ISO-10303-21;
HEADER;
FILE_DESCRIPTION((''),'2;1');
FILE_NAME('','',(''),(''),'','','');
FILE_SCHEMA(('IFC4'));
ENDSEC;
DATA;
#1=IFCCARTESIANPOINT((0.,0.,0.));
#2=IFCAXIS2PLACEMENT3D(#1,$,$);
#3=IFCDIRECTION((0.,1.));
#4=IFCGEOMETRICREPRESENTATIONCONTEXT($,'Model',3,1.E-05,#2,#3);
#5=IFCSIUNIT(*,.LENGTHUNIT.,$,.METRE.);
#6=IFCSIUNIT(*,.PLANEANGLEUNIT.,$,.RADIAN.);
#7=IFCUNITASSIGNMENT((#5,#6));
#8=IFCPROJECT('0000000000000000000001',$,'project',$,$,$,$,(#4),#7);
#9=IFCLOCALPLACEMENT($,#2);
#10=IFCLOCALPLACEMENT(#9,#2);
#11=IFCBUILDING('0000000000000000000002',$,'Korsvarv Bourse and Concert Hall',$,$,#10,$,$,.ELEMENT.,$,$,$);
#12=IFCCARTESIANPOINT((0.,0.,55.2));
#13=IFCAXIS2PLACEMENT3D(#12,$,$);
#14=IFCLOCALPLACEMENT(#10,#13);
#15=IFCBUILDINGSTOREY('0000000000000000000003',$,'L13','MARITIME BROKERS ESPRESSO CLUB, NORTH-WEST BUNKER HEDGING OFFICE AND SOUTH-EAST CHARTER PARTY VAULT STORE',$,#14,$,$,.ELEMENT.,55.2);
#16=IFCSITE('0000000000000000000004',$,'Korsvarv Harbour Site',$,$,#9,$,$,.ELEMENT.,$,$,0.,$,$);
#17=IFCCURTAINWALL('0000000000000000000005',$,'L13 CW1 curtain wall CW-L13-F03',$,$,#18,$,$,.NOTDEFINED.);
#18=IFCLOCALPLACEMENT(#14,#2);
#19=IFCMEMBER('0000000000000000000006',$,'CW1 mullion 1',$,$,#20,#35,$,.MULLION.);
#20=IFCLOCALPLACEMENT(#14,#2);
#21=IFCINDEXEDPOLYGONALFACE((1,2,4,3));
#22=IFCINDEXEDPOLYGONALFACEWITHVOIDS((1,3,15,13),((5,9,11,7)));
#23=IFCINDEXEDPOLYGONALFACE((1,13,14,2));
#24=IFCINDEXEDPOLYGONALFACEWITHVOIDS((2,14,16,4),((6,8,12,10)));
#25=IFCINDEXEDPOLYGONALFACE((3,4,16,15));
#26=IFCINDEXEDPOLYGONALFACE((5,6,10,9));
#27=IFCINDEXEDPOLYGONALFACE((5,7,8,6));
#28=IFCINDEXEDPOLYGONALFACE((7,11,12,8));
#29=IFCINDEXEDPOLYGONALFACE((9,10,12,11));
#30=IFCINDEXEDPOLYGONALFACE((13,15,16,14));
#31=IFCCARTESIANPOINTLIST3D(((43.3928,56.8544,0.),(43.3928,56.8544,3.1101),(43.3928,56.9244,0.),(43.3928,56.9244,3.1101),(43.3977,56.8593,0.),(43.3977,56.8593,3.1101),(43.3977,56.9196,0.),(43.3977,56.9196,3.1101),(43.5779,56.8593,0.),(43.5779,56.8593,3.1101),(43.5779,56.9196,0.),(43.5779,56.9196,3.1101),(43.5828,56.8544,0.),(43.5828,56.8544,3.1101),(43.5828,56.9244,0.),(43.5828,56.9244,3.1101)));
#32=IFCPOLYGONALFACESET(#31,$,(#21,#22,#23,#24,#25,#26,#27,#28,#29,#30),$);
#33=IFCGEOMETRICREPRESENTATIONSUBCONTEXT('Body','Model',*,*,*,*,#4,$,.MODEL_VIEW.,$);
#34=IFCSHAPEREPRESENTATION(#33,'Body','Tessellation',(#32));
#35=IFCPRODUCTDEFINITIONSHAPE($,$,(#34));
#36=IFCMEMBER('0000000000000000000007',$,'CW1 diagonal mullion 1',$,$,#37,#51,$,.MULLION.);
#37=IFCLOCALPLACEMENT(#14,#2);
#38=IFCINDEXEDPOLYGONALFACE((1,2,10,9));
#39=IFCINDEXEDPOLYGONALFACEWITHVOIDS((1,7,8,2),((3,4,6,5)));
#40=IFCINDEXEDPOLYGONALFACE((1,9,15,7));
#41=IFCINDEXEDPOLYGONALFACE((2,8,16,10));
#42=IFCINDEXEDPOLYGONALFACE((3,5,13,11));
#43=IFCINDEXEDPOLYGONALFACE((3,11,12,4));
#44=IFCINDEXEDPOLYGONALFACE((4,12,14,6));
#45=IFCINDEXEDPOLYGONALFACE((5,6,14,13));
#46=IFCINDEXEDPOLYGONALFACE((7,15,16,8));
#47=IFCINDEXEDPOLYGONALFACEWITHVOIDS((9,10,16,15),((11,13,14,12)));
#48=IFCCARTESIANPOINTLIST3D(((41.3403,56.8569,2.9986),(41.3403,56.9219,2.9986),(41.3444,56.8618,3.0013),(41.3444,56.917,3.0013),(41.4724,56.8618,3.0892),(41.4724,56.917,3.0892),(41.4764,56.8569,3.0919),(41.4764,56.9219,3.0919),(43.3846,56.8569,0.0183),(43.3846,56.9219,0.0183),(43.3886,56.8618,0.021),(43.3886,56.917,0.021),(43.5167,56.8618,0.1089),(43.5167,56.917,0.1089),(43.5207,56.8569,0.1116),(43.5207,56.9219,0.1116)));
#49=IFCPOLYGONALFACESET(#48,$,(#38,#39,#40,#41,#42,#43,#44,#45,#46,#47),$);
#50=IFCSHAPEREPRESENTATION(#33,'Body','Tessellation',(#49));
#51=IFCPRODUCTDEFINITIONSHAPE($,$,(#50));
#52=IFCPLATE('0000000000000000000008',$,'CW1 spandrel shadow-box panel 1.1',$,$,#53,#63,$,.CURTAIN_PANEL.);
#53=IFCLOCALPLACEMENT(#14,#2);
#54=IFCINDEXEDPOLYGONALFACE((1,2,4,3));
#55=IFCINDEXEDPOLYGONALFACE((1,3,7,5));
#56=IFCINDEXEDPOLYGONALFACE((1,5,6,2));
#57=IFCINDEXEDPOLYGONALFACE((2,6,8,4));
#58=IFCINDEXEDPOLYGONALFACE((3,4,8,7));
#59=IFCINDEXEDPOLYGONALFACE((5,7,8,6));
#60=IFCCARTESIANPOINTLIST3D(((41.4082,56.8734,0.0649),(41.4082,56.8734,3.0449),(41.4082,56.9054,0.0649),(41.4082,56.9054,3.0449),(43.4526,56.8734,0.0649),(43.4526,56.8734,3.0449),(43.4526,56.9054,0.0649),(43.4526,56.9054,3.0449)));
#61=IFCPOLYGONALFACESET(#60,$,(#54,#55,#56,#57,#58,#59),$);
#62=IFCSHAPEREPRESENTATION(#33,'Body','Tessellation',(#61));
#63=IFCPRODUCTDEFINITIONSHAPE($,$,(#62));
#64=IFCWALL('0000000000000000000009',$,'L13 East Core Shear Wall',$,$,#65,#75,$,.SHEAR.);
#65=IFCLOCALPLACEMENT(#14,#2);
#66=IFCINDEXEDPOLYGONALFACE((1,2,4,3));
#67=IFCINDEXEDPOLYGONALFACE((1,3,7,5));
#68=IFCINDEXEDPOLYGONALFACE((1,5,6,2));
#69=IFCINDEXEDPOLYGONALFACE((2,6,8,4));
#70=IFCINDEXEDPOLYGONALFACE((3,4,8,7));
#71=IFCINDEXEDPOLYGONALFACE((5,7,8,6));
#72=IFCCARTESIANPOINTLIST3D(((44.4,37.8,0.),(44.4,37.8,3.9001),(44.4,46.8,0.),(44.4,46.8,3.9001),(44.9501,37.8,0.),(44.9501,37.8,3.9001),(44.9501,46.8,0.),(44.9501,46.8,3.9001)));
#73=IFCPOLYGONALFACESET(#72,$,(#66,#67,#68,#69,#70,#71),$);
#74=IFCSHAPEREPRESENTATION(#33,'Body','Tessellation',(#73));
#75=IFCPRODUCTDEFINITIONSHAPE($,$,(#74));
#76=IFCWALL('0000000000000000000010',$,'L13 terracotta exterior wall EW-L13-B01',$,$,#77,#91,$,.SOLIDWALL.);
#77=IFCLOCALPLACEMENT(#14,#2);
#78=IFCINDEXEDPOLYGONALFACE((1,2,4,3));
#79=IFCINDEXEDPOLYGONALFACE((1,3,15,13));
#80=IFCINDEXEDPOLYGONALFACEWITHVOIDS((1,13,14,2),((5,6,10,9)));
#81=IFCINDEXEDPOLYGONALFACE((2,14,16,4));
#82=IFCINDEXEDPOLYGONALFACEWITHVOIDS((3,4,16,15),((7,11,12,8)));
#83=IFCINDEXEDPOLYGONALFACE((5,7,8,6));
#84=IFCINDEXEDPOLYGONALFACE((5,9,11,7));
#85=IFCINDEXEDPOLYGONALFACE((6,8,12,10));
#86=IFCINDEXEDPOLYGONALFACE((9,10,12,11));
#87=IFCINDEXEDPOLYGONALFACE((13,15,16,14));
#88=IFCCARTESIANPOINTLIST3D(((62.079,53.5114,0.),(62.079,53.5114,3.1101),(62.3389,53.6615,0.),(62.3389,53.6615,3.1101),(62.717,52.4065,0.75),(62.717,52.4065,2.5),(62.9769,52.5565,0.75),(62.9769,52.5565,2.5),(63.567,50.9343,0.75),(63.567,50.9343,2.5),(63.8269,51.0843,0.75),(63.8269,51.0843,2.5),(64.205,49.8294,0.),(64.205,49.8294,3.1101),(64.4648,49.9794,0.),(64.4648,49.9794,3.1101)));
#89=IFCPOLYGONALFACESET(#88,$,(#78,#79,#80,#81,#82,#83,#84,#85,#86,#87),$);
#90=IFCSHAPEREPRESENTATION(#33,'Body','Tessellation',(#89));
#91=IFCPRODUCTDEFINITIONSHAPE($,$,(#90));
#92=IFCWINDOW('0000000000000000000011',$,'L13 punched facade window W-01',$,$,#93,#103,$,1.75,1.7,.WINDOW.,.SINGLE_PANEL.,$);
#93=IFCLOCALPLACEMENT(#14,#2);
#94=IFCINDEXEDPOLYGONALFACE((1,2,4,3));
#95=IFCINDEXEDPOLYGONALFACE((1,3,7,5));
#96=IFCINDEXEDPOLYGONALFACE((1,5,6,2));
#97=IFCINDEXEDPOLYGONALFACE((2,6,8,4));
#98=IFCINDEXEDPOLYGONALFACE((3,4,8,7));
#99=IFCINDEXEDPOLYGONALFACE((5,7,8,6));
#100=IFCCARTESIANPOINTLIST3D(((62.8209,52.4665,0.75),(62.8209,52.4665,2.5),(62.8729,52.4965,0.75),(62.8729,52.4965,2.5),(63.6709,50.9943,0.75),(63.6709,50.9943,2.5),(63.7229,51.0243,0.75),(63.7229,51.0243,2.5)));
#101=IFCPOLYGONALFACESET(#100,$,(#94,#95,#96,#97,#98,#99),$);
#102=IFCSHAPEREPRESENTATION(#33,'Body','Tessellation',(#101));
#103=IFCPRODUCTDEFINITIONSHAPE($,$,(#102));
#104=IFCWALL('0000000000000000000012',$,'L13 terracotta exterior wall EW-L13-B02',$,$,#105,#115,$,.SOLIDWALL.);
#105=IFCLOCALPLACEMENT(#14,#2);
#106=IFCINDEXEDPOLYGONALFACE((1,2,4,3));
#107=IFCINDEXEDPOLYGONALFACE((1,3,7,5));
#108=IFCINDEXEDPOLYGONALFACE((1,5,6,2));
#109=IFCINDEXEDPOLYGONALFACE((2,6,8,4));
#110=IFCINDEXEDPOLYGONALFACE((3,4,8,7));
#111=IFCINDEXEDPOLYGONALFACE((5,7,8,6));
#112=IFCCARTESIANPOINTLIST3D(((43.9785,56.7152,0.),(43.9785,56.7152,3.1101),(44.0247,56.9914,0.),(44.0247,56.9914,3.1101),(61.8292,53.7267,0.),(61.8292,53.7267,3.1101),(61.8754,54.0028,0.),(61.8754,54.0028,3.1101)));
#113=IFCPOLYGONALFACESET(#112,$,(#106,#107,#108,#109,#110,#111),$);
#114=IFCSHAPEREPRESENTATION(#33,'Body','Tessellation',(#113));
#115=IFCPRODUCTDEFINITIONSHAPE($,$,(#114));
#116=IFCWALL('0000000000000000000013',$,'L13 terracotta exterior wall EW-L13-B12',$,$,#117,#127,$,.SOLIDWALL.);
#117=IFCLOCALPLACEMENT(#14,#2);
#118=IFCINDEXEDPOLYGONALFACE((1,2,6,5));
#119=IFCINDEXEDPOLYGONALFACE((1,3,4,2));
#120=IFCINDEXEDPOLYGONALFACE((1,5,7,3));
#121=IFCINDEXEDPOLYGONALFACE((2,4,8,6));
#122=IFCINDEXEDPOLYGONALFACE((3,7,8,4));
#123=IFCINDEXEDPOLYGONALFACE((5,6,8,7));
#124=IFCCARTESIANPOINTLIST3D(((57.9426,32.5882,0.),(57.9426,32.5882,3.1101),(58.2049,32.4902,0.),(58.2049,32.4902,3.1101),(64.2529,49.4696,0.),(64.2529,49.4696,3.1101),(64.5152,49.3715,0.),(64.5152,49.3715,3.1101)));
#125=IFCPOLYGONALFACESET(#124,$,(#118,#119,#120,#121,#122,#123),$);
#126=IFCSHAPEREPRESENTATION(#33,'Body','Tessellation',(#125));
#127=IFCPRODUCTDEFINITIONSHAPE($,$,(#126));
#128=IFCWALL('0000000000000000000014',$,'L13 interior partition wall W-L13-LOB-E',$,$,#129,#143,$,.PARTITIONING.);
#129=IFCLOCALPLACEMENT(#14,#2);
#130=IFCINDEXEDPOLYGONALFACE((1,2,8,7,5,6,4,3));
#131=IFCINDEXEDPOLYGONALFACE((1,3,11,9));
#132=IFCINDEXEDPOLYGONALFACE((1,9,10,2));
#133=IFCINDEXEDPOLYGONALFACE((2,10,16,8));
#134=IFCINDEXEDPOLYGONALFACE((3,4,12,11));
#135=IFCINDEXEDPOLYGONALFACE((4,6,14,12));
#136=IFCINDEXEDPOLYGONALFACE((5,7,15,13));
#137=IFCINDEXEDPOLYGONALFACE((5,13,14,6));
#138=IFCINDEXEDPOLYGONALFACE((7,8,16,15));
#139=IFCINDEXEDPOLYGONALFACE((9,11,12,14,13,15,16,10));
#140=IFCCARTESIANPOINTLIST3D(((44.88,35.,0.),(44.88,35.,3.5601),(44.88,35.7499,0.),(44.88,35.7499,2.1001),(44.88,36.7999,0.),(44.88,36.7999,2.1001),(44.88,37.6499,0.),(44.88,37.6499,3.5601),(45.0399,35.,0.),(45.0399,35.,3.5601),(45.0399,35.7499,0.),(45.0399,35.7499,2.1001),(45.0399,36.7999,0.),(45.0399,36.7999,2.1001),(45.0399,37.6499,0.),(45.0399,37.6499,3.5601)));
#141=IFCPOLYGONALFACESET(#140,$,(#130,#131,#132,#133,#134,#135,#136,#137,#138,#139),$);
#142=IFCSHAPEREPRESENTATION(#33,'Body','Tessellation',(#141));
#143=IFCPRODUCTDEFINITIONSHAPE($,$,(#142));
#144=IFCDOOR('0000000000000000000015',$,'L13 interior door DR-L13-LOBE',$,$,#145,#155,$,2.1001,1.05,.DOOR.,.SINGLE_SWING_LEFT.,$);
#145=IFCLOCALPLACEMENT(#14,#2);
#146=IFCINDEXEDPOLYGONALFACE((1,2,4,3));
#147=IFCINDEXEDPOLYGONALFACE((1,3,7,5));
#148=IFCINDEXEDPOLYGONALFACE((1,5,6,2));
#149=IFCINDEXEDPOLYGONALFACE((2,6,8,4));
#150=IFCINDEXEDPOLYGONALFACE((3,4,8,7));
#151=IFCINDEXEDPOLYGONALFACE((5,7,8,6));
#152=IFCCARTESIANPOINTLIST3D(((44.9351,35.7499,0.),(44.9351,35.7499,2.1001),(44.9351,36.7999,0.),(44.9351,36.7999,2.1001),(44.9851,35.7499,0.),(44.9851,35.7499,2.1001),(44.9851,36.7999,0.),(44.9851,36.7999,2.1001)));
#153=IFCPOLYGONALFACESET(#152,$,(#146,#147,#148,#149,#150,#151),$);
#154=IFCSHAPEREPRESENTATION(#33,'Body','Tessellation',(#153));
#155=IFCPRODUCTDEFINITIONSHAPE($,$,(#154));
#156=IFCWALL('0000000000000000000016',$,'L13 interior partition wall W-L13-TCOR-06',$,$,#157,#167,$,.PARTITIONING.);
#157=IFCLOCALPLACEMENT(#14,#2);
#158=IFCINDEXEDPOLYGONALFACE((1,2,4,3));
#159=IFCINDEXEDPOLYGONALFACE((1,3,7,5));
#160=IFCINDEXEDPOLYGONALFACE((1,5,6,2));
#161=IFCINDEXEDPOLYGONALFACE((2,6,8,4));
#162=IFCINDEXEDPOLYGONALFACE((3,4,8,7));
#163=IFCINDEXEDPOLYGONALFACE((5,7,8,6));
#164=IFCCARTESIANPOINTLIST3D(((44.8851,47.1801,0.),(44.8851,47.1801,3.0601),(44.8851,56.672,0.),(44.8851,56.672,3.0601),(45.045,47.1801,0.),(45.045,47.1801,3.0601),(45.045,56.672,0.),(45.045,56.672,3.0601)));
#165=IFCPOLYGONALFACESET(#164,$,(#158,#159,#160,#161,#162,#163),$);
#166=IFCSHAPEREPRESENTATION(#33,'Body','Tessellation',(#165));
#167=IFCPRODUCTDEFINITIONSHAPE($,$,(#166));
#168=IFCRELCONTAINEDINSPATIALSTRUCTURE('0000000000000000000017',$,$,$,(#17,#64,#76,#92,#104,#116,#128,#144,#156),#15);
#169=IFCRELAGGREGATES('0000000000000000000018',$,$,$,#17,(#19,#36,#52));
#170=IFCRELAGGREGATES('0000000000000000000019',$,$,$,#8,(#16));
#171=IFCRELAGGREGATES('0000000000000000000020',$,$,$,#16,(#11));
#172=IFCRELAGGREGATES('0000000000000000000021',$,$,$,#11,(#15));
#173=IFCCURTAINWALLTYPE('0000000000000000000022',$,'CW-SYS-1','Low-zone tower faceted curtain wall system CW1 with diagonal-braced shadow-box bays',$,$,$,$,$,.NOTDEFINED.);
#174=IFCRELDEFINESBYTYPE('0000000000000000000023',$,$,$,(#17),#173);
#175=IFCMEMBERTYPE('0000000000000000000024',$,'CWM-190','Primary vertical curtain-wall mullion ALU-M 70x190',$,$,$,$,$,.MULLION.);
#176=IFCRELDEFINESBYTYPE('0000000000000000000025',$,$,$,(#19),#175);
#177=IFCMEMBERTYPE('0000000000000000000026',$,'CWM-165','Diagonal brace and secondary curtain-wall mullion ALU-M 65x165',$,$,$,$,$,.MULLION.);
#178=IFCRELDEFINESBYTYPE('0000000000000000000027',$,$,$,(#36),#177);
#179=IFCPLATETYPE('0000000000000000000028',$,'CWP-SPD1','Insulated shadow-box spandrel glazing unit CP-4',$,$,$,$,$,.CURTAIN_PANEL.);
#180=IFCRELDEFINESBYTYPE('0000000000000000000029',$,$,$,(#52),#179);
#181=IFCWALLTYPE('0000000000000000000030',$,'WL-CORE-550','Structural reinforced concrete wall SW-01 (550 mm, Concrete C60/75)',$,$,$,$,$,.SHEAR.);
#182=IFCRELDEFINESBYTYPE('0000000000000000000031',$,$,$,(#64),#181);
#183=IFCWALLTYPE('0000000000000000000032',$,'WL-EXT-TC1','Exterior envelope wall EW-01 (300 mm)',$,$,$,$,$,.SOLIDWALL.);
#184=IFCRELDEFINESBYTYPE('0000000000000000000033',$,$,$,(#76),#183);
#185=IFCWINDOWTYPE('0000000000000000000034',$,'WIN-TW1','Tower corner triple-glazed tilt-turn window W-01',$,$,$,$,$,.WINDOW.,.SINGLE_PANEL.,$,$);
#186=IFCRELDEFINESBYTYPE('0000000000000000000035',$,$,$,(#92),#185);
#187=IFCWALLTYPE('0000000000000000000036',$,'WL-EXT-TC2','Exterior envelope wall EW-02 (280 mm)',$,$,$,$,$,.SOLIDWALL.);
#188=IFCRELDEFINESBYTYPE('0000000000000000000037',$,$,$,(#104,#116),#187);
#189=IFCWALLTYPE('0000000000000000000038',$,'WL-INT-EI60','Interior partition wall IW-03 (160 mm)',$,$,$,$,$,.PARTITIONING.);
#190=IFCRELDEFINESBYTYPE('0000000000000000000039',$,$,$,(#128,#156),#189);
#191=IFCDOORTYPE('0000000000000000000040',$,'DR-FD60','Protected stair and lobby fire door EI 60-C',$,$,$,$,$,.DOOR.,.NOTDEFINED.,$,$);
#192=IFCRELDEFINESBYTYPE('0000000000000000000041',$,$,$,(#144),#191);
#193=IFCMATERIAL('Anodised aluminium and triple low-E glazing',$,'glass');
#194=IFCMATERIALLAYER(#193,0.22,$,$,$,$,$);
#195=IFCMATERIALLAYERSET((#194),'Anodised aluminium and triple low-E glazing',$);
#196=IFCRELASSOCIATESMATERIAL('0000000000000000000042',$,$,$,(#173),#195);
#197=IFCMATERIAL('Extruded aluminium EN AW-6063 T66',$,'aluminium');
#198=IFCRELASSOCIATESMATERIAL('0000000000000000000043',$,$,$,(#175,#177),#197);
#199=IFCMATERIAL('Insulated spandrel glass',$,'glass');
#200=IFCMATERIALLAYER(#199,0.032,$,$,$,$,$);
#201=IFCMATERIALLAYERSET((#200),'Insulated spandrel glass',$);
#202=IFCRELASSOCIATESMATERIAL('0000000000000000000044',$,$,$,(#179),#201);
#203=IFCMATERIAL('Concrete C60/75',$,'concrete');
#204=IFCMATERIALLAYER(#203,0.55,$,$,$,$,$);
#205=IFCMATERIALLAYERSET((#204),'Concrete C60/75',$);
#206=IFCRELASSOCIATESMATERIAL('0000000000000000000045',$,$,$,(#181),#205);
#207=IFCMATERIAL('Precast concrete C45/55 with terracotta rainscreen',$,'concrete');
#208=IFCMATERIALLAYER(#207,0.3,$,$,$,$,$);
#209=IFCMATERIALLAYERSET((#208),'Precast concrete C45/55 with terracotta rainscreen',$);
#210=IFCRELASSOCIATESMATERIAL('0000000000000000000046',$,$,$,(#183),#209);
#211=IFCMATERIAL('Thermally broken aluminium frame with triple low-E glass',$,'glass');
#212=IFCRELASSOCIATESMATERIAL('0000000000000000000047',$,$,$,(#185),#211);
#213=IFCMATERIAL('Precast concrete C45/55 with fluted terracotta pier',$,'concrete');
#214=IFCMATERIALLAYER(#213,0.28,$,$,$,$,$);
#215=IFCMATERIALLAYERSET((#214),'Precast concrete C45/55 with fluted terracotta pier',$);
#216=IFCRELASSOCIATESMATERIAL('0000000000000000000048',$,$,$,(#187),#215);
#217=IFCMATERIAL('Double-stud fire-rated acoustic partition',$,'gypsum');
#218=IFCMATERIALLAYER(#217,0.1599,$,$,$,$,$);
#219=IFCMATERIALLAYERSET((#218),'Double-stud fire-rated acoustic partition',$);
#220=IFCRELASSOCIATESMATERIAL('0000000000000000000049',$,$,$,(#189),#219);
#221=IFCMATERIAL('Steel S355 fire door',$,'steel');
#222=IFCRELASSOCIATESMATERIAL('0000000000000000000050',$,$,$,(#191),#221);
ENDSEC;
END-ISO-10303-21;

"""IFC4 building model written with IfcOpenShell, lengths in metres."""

from ifc_helpers import new_model, si_unit, direction, frame, frame_2d, origin, origin_2d, place, context, subcontext, project, spatial, rectangle, hollow_rectangle, extrude, source, transform, mapped, material, layer, layer_set, material_profile, profile_set, type_object, element, fill, aggregate, save


model = new_model("IFC4")

# Units and contexts
model_context = context("Model", 3, precision=1e-05, world=origin(), true_north=direction((0.0, 1.0)))
body_context = subcontext(model_context, "Body", "Model", "MODEL_VIEW")
ifc_project = project(units=[si_unit("LENGTHUNIT", "METRE"), si_unit("PLANEANGLEUNIT", "RADIAN")], contexts=[model_context])

# Site, building, storey
site_placement = place(None, origin())
site = spatial("IfcSite", under=ifc_project, at=site_placement, Name="Korsvarv Harbour Site", CompositionType="ELEMENT", RefElevation=0.0)
building_placement = place(site_placement, origin())
building = spatial("IfcBuilding", under=site, at=building_placement, Name="Korsvarv Bourse and Concert Hall", CompositionType="ELEMENT")
storey_placement = place(building_placement, frame((0.0, 0.0, 55.2)))
storey = spatial("IfcBuildingStorey", under=building, at=storey_placement, Name="L13", Description="MARITIME BROKERS ESPRESSO CLUB, NORTH-WEST BUNKER HEDGING OFFICE AND SOUTH-EAST CHARTER PARTY VAULT STORE", CompositionType="ELEMENT", Elevation=55.2)

# Shared definitions
ifc_material_1 = material(Name="Concrete C60/75", Category="concrete")

# Curtain wall, members, plate
ifc_material_2 = material(Name="Anodised aluminium and triple low-E glazing", Category="glass")
ifc_layer_1 = layer(ifc_material_2, 0.22)
ifc_layer_set_1 = layer_set([ifc_layer_1], Name="Anodised aluminium and triple low-E glazing")
curtain_wall_type = type_object("IfcCurtainWallType", Name="CW-SYS-1", Description="Low-zone tower faceted curtain wall system CW1 with diagonal-braced shadow-box bays", PredefinedType="NOTDEFINED", material=ifc_layer_set_1)
curtain_wall_placement = place(storey_placement, origin())
curtain_wall = element("IfcCurtainWall", 1, at=curtain_wall_placement, inside=storey, type_object=curtain_wall_type, Name="L13 CW1 curtain wall CW-L13-F03", PredefinedType="NOTDEFINED")
ifc_material_3 = material(Name="Extruded aluminium EN AW-6063 T66", Category="aluminium")
ifc_material_profile_1 = material_profile(ifc_material_3, hollow_rectangle(XDim=0.0701, YDim=0.1899, WallThickness=0.0049, at=origin_2d()), Name="ALU-M 70x190")
ifc_profile_set_1 = profile_set([ifc_material_profile_1], Name="Extruded aluminium EN AW-6063 T66")
member_type_1 = type_object("IfcMemberType", Name="CWM-190", Description="Primary vertical curtain-wall mullion ALU-M 70x190", PredefinedType="MULLION", material=ifc_profile_set_1)
shared_shape_1 = source(origin(), body_context, "Body", "SweptSolid", [
    extrude(hollow_rectangle(XDim=0.0701, YDim=0.1899, WallThickness=0.0049, at=origin_2d()), origin(), (0.0, 0.0, 1.0), 3.1101),
])
member_1_placement = place(storey_placement, frame((43.4878, 56.8894, 0.0), z_axis=(0.0, 0.0, 1.0), x_axis=(0.0, -1.0, 0.0)))
member_1 = element("IfcMember", 2, at=member_1_placement, type_object=member_type_1, Name="CW1 mullion 1", PredefinedType="MULLION", context=body_context, shape_type="MappedRepresentation", body=[
    mapped(shared_shape_1, transform((0.0, 0.0, 0.0), scale=1.0)),
])
ifc_material_profile_2 = material_profile(ifc_material_3, hollow_rectangle(XDim=0.0649, YDim=0.165, WallThickness=0.0049, at=origin_2d()), Name="ALU-M 65x165")
ifc_profile_set_2 = profile_set([ifc_material_profile_2], Name="Extruded aluminium EN AW-6063 T66")
member_type_2 = type_object("IfcMemberType", Name="CWM-165", Description="Diagonal brace and secondary curtain-wall mullion ALU-M 65x165", PredefinedType="MULLION", material=ifc_profile_set_2)
shared_shape_2 = source(origin(), body_context, "Body", "SweptSolid", [
    extrude(hollow_rectangle(XDim=0.0649, YDim=0.165, WallThickness=0.0049, at=origin_2d()), origin(), (0.0, 0.0, 1.0), 3.614),
])
member_2_placement = place(storey_placement, frame((43.4526, 56.8894, 0.0649), z_axis=(-0.565643, 0.0, 0.824651), x_axis=(0.0, -1.0, 0.0)))
member_2 = element("IfcMember", 3, at=member_2_placement, type_object=member_type_2, Name="CW1 diagonal mullion 1", PredefinedType="MULLION", context=body_context, shape_type="MappedRepresentation", body=[
    mapped(shared_shape_2, transform((0.0, 0.0, 0.0), scale=1.0)),
])
ifc_material_4 = material(Name="Insulated spandrel glass", Category="glass")
ifc_layer_2 = layer(ifc_material_4, 0.032)
ifc_layer_set_2 = layer_set([ifc_layer_2], Name="Insulated spandrel glass")
plate_type = type_object("IfcPlateType", Name="CWP-SPD1", Description="Insulated shadow-box spandrel glazing unit CP-4", PredefinedType="CURTAIN_PANEL", material=ifc_layer_set_2)
shared_shape_3 = source(origin(), body_context, "Body", "SweptSolid", [
    extrude(rectangle(XDim=2.0444, YDim=0.032, at=origin_2d()), origin(), (0.0, 0.0, 1.0), 2.98),
])
plate_placement = place(storey_placement, frame((42.4304, 56.8894, 0.0649), z_axis=(0.0, 0.0, 1.0), x_axis=(-1.0, 0.0, 0.0)))
plate = element("IfcPlate", 4, at=plate_placement, type_object=plate_type, Name="CW1 spandrel shadow-box panel 1.1", PredefinedType="CURTAIN_PANEL", context=body_context, shape_type="MappedRepresentation", body=[
    mapped(shared_shape_3, transform((0.0, 0.0, 0.0), scale=1.0)),
])
aggregate(curtain_wall, [member_1, member_2, plate])

# Wall
ifc_layer_3 = layer(ifc_material_1, 0.55)
ifc_layer_set_3 = layer_set([ifc_layer_3], Name="Concrete C60/75")
wall_type_1 = type_object("IfcWallType", Name="WL-CORE-550", Description="Structural reinforced concrete wall SW-01 (550 mm, Concrete C60/75)", PredefinedType="SHEAR", material=ifc_layer_set_3)
wall_1_placement = place(storey_placement, frame((44.675, 37.8, 0.0), z_axis=(0.0, 0.0, 1.0), x_axis=(0.0, 1.0, 0.0)))
element("IfcWall", 5, at=wall_1_placement, inside=storey, type_object=wall_type_1, Name="L13 East Core Shear Wall", PredefinedType="SHEAR", context=body_context, shape_type="SweptSolid", body=[
    extrude(rectangle(XDim=9.0, YDim=0.55, at=frame_2d((4.5, 0.0))), origin(), (0.0, 0.0, 1.0), 3.9001),
])

# Wall, opening, window
ifc_material_5 = material(Name="Precast concrete C45/55 with terracotta rainscreen", Category="concrete")
ifc_layer_4 = layer(ifc_material_5, 0.3)
ifc_layer_set_4 = layer_set([ifc_layer_4], Name="Precast concrete C45/55 with terracotta rainscreen")
wall_type_2 = type_object("IfcWallType", Name="WL-EXT-TC1", Description="Exterior envelope wall EW-01 (300 mm)", PredefinedType="SOLIDWALL", material=ifc_layer_set_4)
wall_2_placement = place(storey_placement, frame((64.335, 49.9043, 0.0), z_axis=(0.0, 0.0, 1.0), x_axis=(-0.500017, 0.866015, 0.0)))
wall_2 = element("IfcWall", 6, at=wall_2_placement, inside=storey, type_object=wall_type_2, Name="L13 terracotta exterior wall EW-L13-B01", PredefinedType="SOLIDWALL", context=body_context, shape_type="SweptSolid", body=[
    extrude(rectangle(XDim=4.2517, YDim=0.3, at=frame_2d((2.126, 0.0))), origin(), (0.0, 0.0, 1.0), 3.1101),
])
opening_1_placement = place(wall_2_placement, frame((1.2759, 0.0, 0.75)))
opening_1 = element("IfcOpeningElement", 7, at=opening_1_placement, cuts=wall_2, PredefinedType="OPENING", context=body_context, shape_type="SweptSolid", body=[
    extrude(rectangle(XDim=1.7, YDim=1.75, at=frame_2d((0.8501, 0.875))), frame((0.0, 0.1602, 0.0), z_axis=(0.0, -1.0, 0.0), x_axis=(1.0, 0.0, 0.0)), (0.0, 0.0, 1.0), 0.3201),
])
ifc_material_6 = material(Name="Thermally broken aluminium frame with triple low-E glass", Category="glass")
window_type = type_object("IfcWindowType", Name="WIN-TW1", Description="Tower corner triple-glazed tilt-turn window W-01", PartitioningType="SINGLE_PANEL", PredefinedType="WINDOW", material=ifc_material_6)
window_placement = place(opening_1_placement, origin())
window = element("IfcWindow", 8, at=window_placement, inside=storey, type_object=window_type, Name="L13 punched facade window W-01", OverallHeight=1.75, OverallWidth=1.7, PartitioningType="SINGLE_PANEL", PredefinedType="WINDOW", context=body_context, shape_type="SweptSolid", body=[
    extrude(rectangle(XDim=1.7, YDim=1.75, at=frame_2d((0.8501, 0.875))), frame((0.0, 0.03, 0.0), z_axis=(0.0, -1.0, 0.0), x_axis=(1.0, 0.0, 0.0)), (0.0, 0.0, 1.0), 0.0601),
])
fill(opening_1, window)

# Walls
ifc_material_7 = material(Name="Precast concrete C45/55 with fluted terracotta pier", Category="concrete")
ifc_layer_5 = layer(ifc_material_7, 0.28)
ifc_layer_set_5 = layer_set([ifc_layer_5], Name="Precast concrete C45/55 with fluted terracotta pier")
wall_type_3 = type_object("IfcWallType", Name="WL-EXT-TC2", Description="Exterior envelope wall EW-02 (280 mm)", PredefinedType="SOLIDWALL", material=ifc_layer_set_5)
wall_3_placement = place(storey_placement, frame((61.8523, 53.8647, 0.0), z_axis=(0.0, 0.0, 1.0), x_axis=(-0.986273, 0.165121, 0.0)))
element("IfcWall", 9, at=wall_3_placement, inside=storey, type_object=wall_type_3, Name="L13 terracotta exterior wall EW-L13-B02", PredefinedType="SOLIDWALL", context=body_context, shape_type="SweptSolid", body=[
    extrude(rectangle(XDim=18.0991, YDim=0.28, at=frame_2d((9.0496, 0.0))), origin(), (0.0, 0.0, 1.0), 3.1101),
])
wall_4_placement = place(storey_placement, frame((58.0737, 32.5391, 0.0), z_axis=(0.0, 0.0, 1.0), x_axis=(0.35014, 0.936697, 0.0)))
element("IfcWall", 10, at=wall_4_placement, inside=storey, type_object=wall_type_3, Name="L13 terracotta exterior wall EW-L13-B12", PredefinedType="SOLIDWALL", context=body_context, shape_type="SweptSolid", body=[
    extrude(rectangle(XDim=18.0222, YDim=0.28, at=frame_2d((9.0112, 0.0))), origin(), (0.0, 0.0, 1.0), 3.1101),
])

# Wall, opening, door
ifc_material_8 = material(Name="Double-stud fire-rated acoustic partition", Category="gypsum")
ifc_layer_6 = layer(ifc_material_8, 0.1599)
ifc_layer_set_6 = layer_set([ifc_layer_6], Name="Double-stud fire-rated acoustic partition")
wall_type_4 = type_object("IfcWallType", Name="WL-INT-EI60", Description="Interior partition wall IW-03 (160 mm)", PredefinedType="PARTITIONING", material=ifc_layer_set_6)
wall_5_placement = place(storey_placement, frame((44.96, 35.0, 0.0), z_axis=(0.0, 0.0, 1.0), x_axis=(0.0, 1.0, 0.0)))
wall_5 = element("IfcWall", 11, at=wall_5_placement, inside=storey, type_object=wall_type_4, Name="L13 interior partition wall W-L13-LOB-E", PredefinedType="PARTITIONING", context=body_context, shape_type="SweptSolid", body=[
    extrude(rectangle(XDim=2.6499, YDim=0.1599, at=frame_2d((1.325, 0.0))), origin(), (0.0, 0.0, 1.0), 3.5601),
])
opening_2_placement = place(wall_5_placement, frame((0.75, 0.0, 0.0)))
opening_2 = element("IfcOpeningElement", 12, at=opening_2_placement, cuts=wall_5, PredefinedType="OPENING", context=body_context, shape_type="SweptSolid", body=[
    extrude(rectangle(XDim=1.05, YDim=2.1001, at=frame_2d((0.5249, 1.05))), frame((0.0, 0.0898, 0.0), z_axis=(0.0, -1.0, 0.0), x_axis=(1.0, 0.0, 0.0)), (0.0, 0.0, 1.0), 0.1799),
])
ifc_material_9 = material(Name="Steel S355 fire door", Category="steel")
door_type = type_object("IfcDoorType", Name="DR-FD60", Description="Protected stair and lobby fire door EI 60-C", OperationType="NOTDEFINED", PredefinedType="DOOR", material=ifc_material_9)
door_placement = place(opening_2_placement, origin())
door = element("IfcDoor", 13, at=door_placement, inside=storey, type_object=door_type, Name="L13 interior door DR-L13-LOBE", OperationType="SINGLE_SWING_LEFT", OverallHeight=2.1001, OverallWidth=1.05, PredefinedType="DOOR", context=body_context, shape_type="SweptSolid", body=[
    extrude(rectangle(XDim=1.05, YDim=2.1001, at=frame_2d((0.5249, 1.05))), frame((0.0, 0.0249, 0.0), z_axis=(0.0, -1.0, 0.0), x_axis=(1.0, 0.0, 0.0)), (0.0, 0.0, 1.0), 0.05),
])
fill(opening_2, door)

# Wall
wall_6_placement = place(storey_placement, frame((44.9651, 47.1799, 0.0), z_axis=(0.0, 0.0, 1.0), x_axis=(0.0, 1.0, 0.0)))
element("IfcWall", 14, at=wall_6_placement, inside=storey, type_object=wall_type_4, Name="L13 interior partition wall W-L13-TCOR-06", PredefinedType="PARTITIONING", context=body_context, shape_type="SweptSolid", body=[
    extrude(rectangle(XDim=9.4919, YDim=0.1599, at=frame_2d((4.7461, 0.0))), origin(), (0.0, 0.0, 1.0), 3.0601),
])

save(model, "model.ifc")
